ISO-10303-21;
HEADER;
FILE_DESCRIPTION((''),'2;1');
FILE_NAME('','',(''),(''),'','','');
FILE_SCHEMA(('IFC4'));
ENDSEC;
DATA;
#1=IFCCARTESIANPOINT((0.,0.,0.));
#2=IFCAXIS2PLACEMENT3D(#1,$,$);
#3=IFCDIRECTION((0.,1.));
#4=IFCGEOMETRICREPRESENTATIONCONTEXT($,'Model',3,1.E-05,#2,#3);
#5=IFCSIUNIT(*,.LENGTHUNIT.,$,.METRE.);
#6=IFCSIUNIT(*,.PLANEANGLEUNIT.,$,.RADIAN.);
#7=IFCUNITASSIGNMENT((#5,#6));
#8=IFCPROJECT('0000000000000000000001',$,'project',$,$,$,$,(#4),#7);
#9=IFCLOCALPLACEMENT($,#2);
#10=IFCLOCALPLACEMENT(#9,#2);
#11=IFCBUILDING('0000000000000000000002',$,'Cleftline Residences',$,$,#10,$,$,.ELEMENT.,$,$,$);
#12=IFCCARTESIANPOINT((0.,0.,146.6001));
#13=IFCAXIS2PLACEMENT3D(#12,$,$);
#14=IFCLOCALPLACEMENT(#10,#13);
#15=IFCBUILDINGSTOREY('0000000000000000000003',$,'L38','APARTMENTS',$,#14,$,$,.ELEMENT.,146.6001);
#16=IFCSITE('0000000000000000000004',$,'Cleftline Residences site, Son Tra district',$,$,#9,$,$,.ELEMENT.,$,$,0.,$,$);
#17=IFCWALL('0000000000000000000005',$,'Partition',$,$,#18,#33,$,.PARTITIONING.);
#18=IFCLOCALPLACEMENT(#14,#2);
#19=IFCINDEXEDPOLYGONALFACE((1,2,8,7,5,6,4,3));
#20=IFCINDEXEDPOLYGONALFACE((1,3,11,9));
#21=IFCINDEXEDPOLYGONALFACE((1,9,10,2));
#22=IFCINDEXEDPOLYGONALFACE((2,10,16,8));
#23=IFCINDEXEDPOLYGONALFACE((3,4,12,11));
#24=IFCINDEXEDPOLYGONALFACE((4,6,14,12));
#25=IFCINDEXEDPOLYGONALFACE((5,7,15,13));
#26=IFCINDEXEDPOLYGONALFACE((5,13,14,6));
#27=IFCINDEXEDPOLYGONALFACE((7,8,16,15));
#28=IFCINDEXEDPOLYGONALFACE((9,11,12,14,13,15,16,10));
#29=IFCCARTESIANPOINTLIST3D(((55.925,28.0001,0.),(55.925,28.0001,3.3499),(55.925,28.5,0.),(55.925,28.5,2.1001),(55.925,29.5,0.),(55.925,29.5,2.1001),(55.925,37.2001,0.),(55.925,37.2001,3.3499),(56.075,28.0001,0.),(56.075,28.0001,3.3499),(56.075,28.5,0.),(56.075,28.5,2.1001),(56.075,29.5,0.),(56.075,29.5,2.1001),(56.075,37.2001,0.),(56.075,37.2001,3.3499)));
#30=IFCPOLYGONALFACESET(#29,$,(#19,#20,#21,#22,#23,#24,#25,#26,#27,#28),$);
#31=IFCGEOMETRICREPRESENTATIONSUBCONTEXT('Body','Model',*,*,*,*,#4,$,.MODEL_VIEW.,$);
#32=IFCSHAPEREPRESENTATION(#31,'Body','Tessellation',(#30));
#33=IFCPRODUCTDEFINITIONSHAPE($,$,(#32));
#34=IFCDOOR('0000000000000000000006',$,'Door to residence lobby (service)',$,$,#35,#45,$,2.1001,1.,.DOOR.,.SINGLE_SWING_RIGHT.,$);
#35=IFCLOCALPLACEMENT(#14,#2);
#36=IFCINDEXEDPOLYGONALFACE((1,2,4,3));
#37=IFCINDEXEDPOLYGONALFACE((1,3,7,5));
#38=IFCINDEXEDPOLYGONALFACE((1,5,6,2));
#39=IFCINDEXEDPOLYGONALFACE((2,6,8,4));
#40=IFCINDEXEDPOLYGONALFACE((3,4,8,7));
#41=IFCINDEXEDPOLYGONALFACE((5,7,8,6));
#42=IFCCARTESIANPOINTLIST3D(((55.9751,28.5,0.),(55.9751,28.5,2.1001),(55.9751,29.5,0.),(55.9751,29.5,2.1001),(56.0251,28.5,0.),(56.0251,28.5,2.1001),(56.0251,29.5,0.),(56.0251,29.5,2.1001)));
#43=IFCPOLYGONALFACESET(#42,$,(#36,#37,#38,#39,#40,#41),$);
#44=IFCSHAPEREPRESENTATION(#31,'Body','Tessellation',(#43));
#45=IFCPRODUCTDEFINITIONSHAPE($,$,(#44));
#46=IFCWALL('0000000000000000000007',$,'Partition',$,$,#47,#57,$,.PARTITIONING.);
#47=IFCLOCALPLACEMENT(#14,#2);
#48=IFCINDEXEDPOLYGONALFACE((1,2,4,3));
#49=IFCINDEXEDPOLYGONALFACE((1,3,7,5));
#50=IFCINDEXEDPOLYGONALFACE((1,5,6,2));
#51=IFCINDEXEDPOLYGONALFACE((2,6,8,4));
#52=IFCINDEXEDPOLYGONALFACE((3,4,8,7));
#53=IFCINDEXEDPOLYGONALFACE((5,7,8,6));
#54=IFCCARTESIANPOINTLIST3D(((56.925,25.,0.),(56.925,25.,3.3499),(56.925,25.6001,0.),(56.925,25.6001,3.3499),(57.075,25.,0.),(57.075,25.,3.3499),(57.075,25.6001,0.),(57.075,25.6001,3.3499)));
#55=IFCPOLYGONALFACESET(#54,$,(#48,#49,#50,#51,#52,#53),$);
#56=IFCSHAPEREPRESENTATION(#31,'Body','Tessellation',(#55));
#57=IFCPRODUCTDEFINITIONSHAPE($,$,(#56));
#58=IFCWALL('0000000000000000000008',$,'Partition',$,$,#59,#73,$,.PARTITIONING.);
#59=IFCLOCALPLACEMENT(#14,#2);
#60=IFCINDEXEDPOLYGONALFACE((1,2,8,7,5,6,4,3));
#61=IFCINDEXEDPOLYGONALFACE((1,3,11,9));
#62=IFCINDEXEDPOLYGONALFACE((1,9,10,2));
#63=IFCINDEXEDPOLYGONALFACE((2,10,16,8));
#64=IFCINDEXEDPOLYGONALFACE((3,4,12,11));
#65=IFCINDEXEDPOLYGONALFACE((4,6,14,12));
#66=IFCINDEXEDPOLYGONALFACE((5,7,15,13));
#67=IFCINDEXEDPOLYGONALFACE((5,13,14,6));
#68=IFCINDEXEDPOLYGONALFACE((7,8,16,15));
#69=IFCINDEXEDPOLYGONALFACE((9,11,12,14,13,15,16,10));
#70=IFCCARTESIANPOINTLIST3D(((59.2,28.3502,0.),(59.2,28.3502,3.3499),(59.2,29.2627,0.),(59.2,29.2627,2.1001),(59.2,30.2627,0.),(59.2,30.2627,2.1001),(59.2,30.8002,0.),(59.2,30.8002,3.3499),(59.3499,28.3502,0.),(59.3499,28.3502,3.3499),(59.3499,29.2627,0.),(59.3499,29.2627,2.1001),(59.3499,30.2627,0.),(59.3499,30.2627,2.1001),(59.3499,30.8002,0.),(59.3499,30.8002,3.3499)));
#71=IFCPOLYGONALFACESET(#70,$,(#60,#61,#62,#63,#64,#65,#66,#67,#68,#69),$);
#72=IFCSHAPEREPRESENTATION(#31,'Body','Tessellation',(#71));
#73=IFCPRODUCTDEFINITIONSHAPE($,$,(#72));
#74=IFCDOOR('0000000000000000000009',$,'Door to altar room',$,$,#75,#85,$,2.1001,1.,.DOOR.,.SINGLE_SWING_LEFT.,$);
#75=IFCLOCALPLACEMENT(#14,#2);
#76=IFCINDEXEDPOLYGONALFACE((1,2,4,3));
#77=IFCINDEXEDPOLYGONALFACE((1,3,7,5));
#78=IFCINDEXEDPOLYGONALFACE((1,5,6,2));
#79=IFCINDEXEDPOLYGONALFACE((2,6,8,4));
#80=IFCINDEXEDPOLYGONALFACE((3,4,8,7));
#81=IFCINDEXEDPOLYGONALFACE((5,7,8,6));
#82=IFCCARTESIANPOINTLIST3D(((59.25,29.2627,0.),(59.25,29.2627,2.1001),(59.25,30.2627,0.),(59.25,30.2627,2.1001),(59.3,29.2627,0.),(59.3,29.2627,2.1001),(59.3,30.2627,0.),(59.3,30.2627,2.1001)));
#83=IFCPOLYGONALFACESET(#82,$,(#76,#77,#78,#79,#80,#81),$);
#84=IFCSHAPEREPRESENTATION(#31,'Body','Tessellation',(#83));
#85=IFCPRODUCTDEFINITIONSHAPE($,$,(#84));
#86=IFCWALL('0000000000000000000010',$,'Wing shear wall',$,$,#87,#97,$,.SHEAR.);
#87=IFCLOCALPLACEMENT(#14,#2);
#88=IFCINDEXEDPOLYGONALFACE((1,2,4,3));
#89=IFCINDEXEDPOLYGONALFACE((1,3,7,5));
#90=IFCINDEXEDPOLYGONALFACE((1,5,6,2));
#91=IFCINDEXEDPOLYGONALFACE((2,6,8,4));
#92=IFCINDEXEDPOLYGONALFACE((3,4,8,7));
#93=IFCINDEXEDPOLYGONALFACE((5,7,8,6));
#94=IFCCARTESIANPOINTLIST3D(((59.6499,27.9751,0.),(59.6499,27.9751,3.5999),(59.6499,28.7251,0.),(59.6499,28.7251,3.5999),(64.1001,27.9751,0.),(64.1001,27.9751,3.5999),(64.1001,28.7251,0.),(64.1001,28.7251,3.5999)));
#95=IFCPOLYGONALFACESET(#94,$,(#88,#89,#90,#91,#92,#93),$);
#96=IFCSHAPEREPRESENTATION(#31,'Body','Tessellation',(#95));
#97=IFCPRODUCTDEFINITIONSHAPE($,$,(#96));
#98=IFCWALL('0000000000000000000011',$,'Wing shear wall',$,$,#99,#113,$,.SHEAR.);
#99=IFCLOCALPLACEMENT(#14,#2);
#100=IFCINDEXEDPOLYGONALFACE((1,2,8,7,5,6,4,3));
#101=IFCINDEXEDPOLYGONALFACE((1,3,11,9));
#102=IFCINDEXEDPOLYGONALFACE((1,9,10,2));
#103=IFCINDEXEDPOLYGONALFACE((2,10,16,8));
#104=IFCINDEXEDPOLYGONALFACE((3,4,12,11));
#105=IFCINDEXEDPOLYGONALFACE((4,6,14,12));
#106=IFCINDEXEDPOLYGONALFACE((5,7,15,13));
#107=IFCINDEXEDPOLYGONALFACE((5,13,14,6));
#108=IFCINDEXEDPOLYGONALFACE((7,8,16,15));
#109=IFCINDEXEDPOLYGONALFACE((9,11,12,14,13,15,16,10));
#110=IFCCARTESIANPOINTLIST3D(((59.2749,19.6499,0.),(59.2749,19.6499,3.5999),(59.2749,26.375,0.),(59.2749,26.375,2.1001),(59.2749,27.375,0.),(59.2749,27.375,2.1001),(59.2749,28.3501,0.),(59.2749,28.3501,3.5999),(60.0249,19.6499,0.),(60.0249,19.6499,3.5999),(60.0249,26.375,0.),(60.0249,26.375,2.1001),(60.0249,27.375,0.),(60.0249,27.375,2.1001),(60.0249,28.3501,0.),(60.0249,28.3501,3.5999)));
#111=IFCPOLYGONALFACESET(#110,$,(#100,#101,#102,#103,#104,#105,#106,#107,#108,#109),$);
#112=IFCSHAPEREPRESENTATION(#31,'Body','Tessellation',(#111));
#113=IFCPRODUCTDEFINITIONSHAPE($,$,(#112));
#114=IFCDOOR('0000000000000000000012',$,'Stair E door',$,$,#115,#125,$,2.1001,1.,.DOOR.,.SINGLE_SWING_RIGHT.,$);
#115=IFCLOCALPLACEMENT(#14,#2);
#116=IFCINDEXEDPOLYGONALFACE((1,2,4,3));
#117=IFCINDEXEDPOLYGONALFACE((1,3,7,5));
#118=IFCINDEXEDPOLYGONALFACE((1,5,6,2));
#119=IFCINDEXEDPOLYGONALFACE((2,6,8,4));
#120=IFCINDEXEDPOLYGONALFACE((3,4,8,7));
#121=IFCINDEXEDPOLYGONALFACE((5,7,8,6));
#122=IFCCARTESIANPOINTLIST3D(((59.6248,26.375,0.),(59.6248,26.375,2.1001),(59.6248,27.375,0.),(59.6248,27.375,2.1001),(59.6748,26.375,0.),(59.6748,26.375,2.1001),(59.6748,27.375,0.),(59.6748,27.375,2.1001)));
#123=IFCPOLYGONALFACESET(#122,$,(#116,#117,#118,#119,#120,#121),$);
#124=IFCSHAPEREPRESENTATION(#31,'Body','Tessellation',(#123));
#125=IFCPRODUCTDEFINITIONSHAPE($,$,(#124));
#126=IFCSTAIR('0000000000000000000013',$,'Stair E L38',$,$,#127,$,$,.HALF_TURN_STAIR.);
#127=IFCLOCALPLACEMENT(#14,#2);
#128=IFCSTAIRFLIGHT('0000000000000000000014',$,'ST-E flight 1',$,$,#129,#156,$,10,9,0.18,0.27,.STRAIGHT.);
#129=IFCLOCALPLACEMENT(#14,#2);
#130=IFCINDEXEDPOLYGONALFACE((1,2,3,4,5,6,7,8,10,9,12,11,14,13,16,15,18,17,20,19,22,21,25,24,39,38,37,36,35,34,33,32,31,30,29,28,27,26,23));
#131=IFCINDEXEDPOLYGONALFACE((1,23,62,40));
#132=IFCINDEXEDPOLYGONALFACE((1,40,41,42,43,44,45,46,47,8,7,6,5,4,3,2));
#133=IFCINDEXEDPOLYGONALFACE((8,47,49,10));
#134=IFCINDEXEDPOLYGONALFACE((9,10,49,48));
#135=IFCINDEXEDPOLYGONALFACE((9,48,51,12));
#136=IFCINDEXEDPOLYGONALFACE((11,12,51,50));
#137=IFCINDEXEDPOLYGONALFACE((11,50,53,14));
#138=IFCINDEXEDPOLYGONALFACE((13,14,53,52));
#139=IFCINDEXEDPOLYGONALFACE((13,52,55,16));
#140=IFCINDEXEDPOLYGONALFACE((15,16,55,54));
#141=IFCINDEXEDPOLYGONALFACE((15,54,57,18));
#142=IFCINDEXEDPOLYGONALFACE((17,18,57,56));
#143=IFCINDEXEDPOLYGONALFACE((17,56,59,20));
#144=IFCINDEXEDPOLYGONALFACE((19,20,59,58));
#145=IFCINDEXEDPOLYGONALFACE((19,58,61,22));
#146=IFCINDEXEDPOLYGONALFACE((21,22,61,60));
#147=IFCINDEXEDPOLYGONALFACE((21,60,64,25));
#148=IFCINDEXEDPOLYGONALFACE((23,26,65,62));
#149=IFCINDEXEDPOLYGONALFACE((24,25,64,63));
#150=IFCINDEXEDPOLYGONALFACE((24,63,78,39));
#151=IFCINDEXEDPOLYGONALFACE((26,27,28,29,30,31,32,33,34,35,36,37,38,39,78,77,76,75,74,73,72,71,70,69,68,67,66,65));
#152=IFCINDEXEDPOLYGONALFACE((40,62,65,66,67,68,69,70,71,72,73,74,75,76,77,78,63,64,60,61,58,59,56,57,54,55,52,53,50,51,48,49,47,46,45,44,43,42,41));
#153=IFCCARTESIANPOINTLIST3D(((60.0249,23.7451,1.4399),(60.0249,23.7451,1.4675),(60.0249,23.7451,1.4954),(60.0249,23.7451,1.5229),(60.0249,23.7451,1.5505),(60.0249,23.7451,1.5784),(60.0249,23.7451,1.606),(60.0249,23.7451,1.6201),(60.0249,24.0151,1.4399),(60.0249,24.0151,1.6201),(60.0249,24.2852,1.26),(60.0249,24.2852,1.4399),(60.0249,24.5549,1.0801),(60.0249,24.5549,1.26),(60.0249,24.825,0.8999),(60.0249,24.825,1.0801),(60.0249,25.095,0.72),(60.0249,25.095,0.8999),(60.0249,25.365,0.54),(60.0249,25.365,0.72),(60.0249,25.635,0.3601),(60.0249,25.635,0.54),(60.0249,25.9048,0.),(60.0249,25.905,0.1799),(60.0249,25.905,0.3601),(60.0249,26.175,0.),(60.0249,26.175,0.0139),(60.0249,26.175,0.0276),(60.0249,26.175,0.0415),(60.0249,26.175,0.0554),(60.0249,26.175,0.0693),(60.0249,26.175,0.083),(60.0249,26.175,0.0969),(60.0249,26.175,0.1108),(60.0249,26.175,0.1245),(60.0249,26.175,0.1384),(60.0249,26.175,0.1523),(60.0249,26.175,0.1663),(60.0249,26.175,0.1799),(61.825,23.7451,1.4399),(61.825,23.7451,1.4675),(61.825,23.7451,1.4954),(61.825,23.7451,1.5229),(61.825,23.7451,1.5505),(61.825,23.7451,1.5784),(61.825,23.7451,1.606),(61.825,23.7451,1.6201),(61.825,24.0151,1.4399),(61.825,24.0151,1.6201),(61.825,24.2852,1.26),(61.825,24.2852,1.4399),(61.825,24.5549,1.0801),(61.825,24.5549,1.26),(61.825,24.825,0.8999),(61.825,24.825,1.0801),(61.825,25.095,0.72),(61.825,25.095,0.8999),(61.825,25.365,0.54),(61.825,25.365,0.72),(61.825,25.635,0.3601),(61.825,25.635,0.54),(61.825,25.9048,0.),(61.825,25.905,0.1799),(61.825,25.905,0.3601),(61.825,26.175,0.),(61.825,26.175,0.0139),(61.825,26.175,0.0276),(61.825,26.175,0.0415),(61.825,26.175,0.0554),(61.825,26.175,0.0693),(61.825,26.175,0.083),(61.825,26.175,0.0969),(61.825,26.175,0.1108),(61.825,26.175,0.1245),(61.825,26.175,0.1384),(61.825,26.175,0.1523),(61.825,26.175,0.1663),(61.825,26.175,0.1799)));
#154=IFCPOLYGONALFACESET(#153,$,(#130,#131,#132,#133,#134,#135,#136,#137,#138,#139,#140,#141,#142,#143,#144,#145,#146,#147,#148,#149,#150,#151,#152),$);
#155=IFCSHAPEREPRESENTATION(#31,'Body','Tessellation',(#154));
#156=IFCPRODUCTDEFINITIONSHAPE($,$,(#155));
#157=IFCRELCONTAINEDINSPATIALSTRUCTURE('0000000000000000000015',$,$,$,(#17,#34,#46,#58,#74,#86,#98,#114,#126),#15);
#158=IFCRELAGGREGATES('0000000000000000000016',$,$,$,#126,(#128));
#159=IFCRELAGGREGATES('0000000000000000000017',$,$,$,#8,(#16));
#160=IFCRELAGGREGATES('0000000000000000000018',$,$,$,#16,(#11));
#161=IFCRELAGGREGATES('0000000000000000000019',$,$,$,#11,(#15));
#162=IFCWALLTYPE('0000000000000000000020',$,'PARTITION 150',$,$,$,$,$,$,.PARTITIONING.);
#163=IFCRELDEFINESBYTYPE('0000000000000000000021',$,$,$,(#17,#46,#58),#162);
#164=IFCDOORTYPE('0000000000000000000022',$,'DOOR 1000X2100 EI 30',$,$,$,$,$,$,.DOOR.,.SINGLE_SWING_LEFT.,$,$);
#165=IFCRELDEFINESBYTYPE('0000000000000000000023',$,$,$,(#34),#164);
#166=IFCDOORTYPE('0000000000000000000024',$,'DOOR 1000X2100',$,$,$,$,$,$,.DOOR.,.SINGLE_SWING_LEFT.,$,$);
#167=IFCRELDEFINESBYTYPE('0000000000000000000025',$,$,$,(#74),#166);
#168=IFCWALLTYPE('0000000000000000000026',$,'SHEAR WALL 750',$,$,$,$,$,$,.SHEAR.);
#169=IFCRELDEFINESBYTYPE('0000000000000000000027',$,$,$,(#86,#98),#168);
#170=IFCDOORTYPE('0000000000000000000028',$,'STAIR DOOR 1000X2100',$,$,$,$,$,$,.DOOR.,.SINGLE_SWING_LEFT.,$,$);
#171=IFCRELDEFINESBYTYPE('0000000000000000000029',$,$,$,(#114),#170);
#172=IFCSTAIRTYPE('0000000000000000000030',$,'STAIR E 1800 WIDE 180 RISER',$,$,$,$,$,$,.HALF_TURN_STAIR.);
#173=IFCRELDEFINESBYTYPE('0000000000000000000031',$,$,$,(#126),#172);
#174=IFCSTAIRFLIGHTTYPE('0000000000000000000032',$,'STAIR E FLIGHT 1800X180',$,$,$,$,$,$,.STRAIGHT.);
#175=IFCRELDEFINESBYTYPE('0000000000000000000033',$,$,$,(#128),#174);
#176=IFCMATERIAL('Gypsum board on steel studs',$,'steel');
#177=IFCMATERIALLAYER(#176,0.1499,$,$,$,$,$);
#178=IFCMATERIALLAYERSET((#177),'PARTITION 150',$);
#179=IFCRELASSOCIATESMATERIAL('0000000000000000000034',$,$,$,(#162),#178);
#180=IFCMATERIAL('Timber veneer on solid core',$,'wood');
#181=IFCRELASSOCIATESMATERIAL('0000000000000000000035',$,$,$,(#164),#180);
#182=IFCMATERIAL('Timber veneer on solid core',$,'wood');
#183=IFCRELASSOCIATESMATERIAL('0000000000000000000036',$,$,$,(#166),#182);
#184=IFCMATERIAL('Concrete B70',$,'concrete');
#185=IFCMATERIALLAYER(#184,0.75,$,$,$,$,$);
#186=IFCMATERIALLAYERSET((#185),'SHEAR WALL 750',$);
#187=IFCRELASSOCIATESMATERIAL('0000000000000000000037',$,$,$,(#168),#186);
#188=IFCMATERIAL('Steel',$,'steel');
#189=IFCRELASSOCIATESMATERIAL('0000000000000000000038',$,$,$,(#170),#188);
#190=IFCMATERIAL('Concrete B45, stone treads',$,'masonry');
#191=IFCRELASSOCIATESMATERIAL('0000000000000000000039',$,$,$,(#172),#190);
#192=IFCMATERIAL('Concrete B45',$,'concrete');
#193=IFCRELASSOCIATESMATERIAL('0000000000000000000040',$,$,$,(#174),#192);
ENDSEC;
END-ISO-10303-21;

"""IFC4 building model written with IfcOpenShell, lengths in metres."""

from ifc_helpers import new_model, si_unit, direction, frame, frame_2d, origin, place, context, subcontext, project, spatial, polyline, rectangle, outline, extrude, material, layer, layer_set, type_object, element, fill, aggregate, save


model = new_model("IFC4")

# Units and contexts
model_context = context("Model", 3, precision=1e-05, world=origin(), true_north=direction((0.0, 1.0)))
body_context = subcontext(model_context, "Body", "Model", "MODEL_VIEW")
ifc_project = project(units=[si_unit("LENGTHUNIT", "METRE"), si_unit("PLANEANGLEUNIT", "RADIAN")], contexts=[model_context])

# Site, building, storey
site_placement = place(None, origin())
site = spatial("IfcSite", under=ifc_project, at=site_placement, Name="Cleftline Residences site, Son Tra district", CompositionType="ELEMENT", RefElevation=0.0)
building_placement = place(site_placement, origin())
building = spatial("IfcBuilding", under=site, at=building_placement, Name="Cleftline Residences", CompositionType="ELEMENT")
storey_placement = place(building_placement, frame((0.0, 0.0, 146.6001)))
storey = spatial("IfcBuildingStorey", under=building, at=storey_placement, Name="L38", Description="APARTMENTS", CompositionType="ELEMENT", Elevation=146.6001)

# Shared definitions
ifc_material_1 = material(Name="Gypsum board on steel studs", Category="steel")
ifc_layer_1 = layer(ifc_material_1, 0.1499)
ifc_layer_set_1 = layer_set([ifc_layer_1], Name="PARTITION 150")
wall_type_1 = type_object("IfcWallType", Name="PARTITION 150", PredefinedType="PARTITIONING", material=ifc_layer_set_1)

# Wall, opening, door
wall_1_placement = place(storey_placement, frame((56.0, 28.0, 0.0), z_axis=(0.0, 0.0, 1.0), x_axis=(0.0, 1.0, 0.0)))
wall_1 = element("IfcWall", 1, at=wall_1_placement, inside=storey, type_object=wall_type_1, Name="Partition", PredefinedType="PARTITIONING", context=body_context, shape_type="SweptSolid", body=[
    extrude(rectangle(XDim=9.2, YDim=0.1499, at=frame_2d((4.6001, 0.0))), origin(), (0.0, 0.0, 1.0), 3.3499),
])
opening_1_placement = place(wall_1_placement, frame((0.5, 0.0, 0.0)))
opening_1 = element("IfcOpeningElement", 2, at=opening_1_placement, cuts=wall_1, PredefinedType="OPENING", context=body_context, shape_type="SweptSolid", body=[
    extrude(rectangle(XDim=1.0, YDim=2.1001, at=frame_2d((0.5, 1.05))), frame((0.0, 0.085, 0.0), z_axis=(0.0, -1.0, 0.0), x_axis=(1.0, 0.0, 0.0)), (0.0, 0.0, 1.0), 0.1699),
])
ifc_material_2 = material(Name="Timber veneer on solid core", Category="wood")
door_type_1 = type_object("IfcDoorType", Name="DOOR 1000X2100 EI 30", OperationType="SINGLE_SWING_LEFT", PredefinedType="DOOR", material=ifc_material_2)
door_1_placement = place(opening_1_placement, origin())
door_1 = element("IfcDoor", 3, at=door_1_placement, inside=storey, type_object=door_type_1, Name="Door to residence lobby (service)", OperationType="SINGLE_SWING_RIGHT", OverallHeight=2.1001, OverallWidth=1.0, PredefinedType="DOOR", context=body_context, shape_type="SweptSolid", body=[
    extrude(rectangle(XDim=1.0, YDim=2.1001, at=frame_2d((0.5, 1.05))), frame((0.0, 0.0249, 0.0), z_axis=(0.0, -1.0, 0.0), x_axis=(1.0, 0.0, 0.0)), (0.0, 0.0, 1.0), 0.05),
])
fill(opening_1, door_1)

# Wall
wall_2_placement = place(storey_placement, frame((57.0, 25.0, 0.0), z_axis=(0.0, 0.0, 1.0), x_axis=(0.0, 1.0, 0.0)))
element("IfcWall", 4, at=wall_2_placement, inside=storey, type_object=wall_type_1, Name="Partition", PredefinedType="PARTITIONING", context=body_context, shape_type="SweptSolid", body=[
    extrude(rectangle(XDim=0.6001, YDim=0.1499, at=frame_2d((0.3, 0.0))), origin(), (0.0, 0.0, 1.0), 3.3499),
])

# Wall, opening, door
wall_3_placement = place(storey_placement, frame((59.2749, 28.3501, 0.0), z_axis=(0.0, 0.0, 1.0), x_axis=(0.0, 1.0, 0.0)))
wall_3 = element("IfcWall", 5, at=wall_3_placement, inside=storey, type_object=wall_type_1, Name="Partition", PredefinedType="PARTITIONING", context=body_context, shape_type="SweptSolid", body=[
    extrude(rectangle(XDim=2.45, YDim=0.1499, at=frame_2d((1.2251, 0.0))), origin(), (0.0, 0.0, 1.0), 3.3499),
])
opening_2_placement = place(wall_3_placement, frame((0.9126, 0.0, 0.0)))
opening_2 = element("IfcOpeningElement", 6, at=opening_2_placement, cuts=wall_3, PredefinedType="OPENING", context=body_context, shape_type="SweptSolid", body=[
    extrude(rectangle(XDim=1.0, YDim=2.1001, at=frame_2d((0.5, 1.05))), frame((0.0, 0.085, 0.0), z_axis=(0.0, -1.0, 0.0), x_axis=(1.0, 0.0, 0.0)), (0.0, 0.0, 1.0), 0.1699),
])
ifc_material_3 = material(Name="Timber veneer on solid core", Category="wood")
door_type_2 = type_object("IfcDoorType", Name="DOOR 1000X2100", OperationType="SINGLE_SWING_LEFT", PredefinedType="DOOR", material=ifc_material_3)
door_2_placement = place(opening_2_placement, origin())
door_2 = element("IfcDoor", 7, at=door_2_placement, inside=storey, type_object=door_type_2, Name="Door to altar room", OperationType="SINGLE_SWING_LEFT", OverallHeight=2.1001, OverallWidth=1.0, PredefinedType="DOOR", context=body_context, shape_type="SweptSolid", body=[
    extrude(rectangle(XDim=1.0, YDim=2.1001, at=frame_2d((0.5, 1.05))), frame((0.0, 0.0249, 0.0), z_axis=(0.0, -1.0, 0.0), x_axis=(1.0, 0.0, 0.0)), (0.0, 0.0, 1.0), 0.05),
])
fill(opening_2, door_2)

# Wall
ifc_material_4 = material(Name="Concrete B70", Category="concrete")
ifc_layer_2 = layer(ifc_material_4, 0.75)
ifc_layer_set_2 = layer_set([ifc_layer_2], Name="SHEAR WALL 750")
wall_type_2 = type_object("IfcWallType", Name="SHEAR WALL 750", PredefinedType="SHEAR", material=ifc_layer_set_2)
wall_4_placement = place(storey_placement, frame((64.1001, 28.3501, 0.0), z_axis=(0.0, 0.0, 1.0), x_axis=(-1.0, 0.0, 0.0)))
element("IfcWall", 8, at=wall_4_placement, inside=storey, type_object=wall_type_2, Name="Wing shear wall", PredefinedType="SHEAR", context=body_context, shape_type="SweptSolid", body=[
    extrude(rectangle(XDim=4.4502, YDim=0.75, at=frame_2d((2.2251, 0.0))), origin(), (0.0, 0.0, 1.0), 3.5999),
])

# Wall, opening, door
wall_5_placement = place(storey_placement, frame((59.6499, 28.3501, 0.0), z_axis=(0.0, 0.0, 1.0), x_axis=(0.0, -1.0, 0.0)))
wall_5 = element("IfcWall", 9, at=wall_5_placement, inside=storey, type_object=wall_type_2, Name="Wing shear wall", PredefinedType="SHEAR", context=body_context, shape_type="SweptSolid", body=[
    extrude(rectangle(XDim=8.7002, YDim=0.75, at=frame_2d((4.3501, 0.0))), origin(), (0.0, 0.0, 1.0), 3.5999),
])
opening_3_placement = place(wall_5_placement, frame((0.9751, 0.0, 0.0)))
opening_3 = element("IfcOpeningElement", 10, at=opening_3_placement, cuts=wall_5, PredefinedType="OPENING", context=body_context, shape_type="SweptSolid", body=[
    extrude(rectangle(XDim=1.0, YDim=2.1001, at=frame_2d((0.5, 1.05))), frame((0.0, 0.385, 0.0), z_axis=(0.0, -1.0, 0.0), x_axis=(1.0, 0.0, 0.0)), (0.0, 0.0, 1.0), 0.77),
])
ifc_material_5 = material(Name="Steel", Category="steel")
door_type_3 = type_object("IfcDoorType", Name="STAIR DOOR 1000X2100", OperationType="SINGLE_SWING_LEFT", PredefinedType="DOOR", material=ifc_material_5)
door_3_placement = place(opening_3_placement, origin())
door_3 = element("IfcDoor", 11, at=door_3_placement, inside=storey, type_object=door_type_3, Name="Stair E door", OperationType="SINGLE_SWING_RIGHT", OverallHeight=2.1001, OverallWidth=1.0, PredefinedType="DOOR", context=body_context, shape_type="SweptSolid", body=[
    extrude(rectangle(XDim=1.0, YDim=2.1001, at=frame_2d((0.5, 1.05))), frame((0.0, 0.0249, 0.0), z_axis=(0.0, -1.0, 0.0), x_axis=(1.0, 0.0, 0.0)), (0.0, 0.0, 1.0), 0.05),
])
fill(opening_3, door_3)

# Stair, stair flight
ifc_material_6 = material(Name="Concrete B45, stone treads", Category="masonry")
stair_type = type_object("IfcStairType", Name="STAIR E 1800 WIDE 180 RISER", PredefinedType="HALF_TURN_STAIR", material=ifc_material_6)
stair_placement = place(storey_placement, origin())
stair = element("IfcStair", 12, at=stair_placement, inside=storey, type_object=stair_type, Name="Stair E L38", PredefinedType="HALF_TURN_STAIR")
ifc_material_7 = material(Name="Concrete B45", Category="concrete")
stair_flight_type = type_object("IfcStairFlightType", Name="STAIR E FLIGHT 1800X180", PredefinedType="STRAIGHT", material=ifc_material_7)
stair_flight_placement = place(storey_placement, frame((60.925, 26.175, 0.0), z_axis=(0.0, 0.0, 1.0), x_axis=(0.0, -1.0, 0.0)))
stair_flight = element("IfcStairFlight", 13, at=stair_flight_placement, type_object=stair_flight_type, Name="ST-E flight 1", NumberOfRisers=10, NumberOfTreads=9, PredefinedType="STRAIGHT", RiserHeight=0.18, TreadLength=0.27, context=body_context, shape_type="SweptSolid", body=[
    extrude(outline(polyline([(0.0, 0.0), (0.0, 0.0139), (0.0, 0.0276), (0.0, 0.0415), (0.0, 0.0554), (0.0, 0.0693), (0.0, 0.083), (0.0, 0.0969), (0.0, 0.1108), (0.0, 0.1245), (0.0, 0.1384), (0.0, 0.1523), (0.0, 0.1663), (0.0, 0.1799), (0.27, 0.1799), (0.27, 0.3601), (0.54, 0.3601), (0.54, 0.54), (0.8101, 0.54), (0.8101, 0.72), (1.0801, 0.72), (1.0801, 0.8999), (1.3501, 0.8999), (1.3501, 1.0801), (1.6201, 1.0801), (1.6201, 1.26), (1.8899, 1.26), (1.8899, 1.4399), (2.1599, 1.4399), (2.1599, 1.6201), (2.4299, 1.6201), (2.4299, 1.8), (2.4299, 1.7722), (2.4299, 1.7446), (2.4299, 1.7168), (2.4299, 1.6892), (2.4299, 1.6614), (2.4299, 1.6338), (2.4299, 1.606), (2.4299, 1.5784), (2.4299, 1.5505), (2.4299, 1.5229), (2.4299, 1.4954), (2.4299, 1.4675), (2.4299, 1.4399), (0.2703, 0.0), (0.0, 0.0)])), frame((0.0, 0.8999, 0.0), z_axis=(0.0, -1.0, 0.0), x_axis=(1.0, 0.0, 0.0)), (0.0, 0.0, 1.0), 1.8),
])
aggregate(stair, [stair_flight])

save(model, "model.ifc")
